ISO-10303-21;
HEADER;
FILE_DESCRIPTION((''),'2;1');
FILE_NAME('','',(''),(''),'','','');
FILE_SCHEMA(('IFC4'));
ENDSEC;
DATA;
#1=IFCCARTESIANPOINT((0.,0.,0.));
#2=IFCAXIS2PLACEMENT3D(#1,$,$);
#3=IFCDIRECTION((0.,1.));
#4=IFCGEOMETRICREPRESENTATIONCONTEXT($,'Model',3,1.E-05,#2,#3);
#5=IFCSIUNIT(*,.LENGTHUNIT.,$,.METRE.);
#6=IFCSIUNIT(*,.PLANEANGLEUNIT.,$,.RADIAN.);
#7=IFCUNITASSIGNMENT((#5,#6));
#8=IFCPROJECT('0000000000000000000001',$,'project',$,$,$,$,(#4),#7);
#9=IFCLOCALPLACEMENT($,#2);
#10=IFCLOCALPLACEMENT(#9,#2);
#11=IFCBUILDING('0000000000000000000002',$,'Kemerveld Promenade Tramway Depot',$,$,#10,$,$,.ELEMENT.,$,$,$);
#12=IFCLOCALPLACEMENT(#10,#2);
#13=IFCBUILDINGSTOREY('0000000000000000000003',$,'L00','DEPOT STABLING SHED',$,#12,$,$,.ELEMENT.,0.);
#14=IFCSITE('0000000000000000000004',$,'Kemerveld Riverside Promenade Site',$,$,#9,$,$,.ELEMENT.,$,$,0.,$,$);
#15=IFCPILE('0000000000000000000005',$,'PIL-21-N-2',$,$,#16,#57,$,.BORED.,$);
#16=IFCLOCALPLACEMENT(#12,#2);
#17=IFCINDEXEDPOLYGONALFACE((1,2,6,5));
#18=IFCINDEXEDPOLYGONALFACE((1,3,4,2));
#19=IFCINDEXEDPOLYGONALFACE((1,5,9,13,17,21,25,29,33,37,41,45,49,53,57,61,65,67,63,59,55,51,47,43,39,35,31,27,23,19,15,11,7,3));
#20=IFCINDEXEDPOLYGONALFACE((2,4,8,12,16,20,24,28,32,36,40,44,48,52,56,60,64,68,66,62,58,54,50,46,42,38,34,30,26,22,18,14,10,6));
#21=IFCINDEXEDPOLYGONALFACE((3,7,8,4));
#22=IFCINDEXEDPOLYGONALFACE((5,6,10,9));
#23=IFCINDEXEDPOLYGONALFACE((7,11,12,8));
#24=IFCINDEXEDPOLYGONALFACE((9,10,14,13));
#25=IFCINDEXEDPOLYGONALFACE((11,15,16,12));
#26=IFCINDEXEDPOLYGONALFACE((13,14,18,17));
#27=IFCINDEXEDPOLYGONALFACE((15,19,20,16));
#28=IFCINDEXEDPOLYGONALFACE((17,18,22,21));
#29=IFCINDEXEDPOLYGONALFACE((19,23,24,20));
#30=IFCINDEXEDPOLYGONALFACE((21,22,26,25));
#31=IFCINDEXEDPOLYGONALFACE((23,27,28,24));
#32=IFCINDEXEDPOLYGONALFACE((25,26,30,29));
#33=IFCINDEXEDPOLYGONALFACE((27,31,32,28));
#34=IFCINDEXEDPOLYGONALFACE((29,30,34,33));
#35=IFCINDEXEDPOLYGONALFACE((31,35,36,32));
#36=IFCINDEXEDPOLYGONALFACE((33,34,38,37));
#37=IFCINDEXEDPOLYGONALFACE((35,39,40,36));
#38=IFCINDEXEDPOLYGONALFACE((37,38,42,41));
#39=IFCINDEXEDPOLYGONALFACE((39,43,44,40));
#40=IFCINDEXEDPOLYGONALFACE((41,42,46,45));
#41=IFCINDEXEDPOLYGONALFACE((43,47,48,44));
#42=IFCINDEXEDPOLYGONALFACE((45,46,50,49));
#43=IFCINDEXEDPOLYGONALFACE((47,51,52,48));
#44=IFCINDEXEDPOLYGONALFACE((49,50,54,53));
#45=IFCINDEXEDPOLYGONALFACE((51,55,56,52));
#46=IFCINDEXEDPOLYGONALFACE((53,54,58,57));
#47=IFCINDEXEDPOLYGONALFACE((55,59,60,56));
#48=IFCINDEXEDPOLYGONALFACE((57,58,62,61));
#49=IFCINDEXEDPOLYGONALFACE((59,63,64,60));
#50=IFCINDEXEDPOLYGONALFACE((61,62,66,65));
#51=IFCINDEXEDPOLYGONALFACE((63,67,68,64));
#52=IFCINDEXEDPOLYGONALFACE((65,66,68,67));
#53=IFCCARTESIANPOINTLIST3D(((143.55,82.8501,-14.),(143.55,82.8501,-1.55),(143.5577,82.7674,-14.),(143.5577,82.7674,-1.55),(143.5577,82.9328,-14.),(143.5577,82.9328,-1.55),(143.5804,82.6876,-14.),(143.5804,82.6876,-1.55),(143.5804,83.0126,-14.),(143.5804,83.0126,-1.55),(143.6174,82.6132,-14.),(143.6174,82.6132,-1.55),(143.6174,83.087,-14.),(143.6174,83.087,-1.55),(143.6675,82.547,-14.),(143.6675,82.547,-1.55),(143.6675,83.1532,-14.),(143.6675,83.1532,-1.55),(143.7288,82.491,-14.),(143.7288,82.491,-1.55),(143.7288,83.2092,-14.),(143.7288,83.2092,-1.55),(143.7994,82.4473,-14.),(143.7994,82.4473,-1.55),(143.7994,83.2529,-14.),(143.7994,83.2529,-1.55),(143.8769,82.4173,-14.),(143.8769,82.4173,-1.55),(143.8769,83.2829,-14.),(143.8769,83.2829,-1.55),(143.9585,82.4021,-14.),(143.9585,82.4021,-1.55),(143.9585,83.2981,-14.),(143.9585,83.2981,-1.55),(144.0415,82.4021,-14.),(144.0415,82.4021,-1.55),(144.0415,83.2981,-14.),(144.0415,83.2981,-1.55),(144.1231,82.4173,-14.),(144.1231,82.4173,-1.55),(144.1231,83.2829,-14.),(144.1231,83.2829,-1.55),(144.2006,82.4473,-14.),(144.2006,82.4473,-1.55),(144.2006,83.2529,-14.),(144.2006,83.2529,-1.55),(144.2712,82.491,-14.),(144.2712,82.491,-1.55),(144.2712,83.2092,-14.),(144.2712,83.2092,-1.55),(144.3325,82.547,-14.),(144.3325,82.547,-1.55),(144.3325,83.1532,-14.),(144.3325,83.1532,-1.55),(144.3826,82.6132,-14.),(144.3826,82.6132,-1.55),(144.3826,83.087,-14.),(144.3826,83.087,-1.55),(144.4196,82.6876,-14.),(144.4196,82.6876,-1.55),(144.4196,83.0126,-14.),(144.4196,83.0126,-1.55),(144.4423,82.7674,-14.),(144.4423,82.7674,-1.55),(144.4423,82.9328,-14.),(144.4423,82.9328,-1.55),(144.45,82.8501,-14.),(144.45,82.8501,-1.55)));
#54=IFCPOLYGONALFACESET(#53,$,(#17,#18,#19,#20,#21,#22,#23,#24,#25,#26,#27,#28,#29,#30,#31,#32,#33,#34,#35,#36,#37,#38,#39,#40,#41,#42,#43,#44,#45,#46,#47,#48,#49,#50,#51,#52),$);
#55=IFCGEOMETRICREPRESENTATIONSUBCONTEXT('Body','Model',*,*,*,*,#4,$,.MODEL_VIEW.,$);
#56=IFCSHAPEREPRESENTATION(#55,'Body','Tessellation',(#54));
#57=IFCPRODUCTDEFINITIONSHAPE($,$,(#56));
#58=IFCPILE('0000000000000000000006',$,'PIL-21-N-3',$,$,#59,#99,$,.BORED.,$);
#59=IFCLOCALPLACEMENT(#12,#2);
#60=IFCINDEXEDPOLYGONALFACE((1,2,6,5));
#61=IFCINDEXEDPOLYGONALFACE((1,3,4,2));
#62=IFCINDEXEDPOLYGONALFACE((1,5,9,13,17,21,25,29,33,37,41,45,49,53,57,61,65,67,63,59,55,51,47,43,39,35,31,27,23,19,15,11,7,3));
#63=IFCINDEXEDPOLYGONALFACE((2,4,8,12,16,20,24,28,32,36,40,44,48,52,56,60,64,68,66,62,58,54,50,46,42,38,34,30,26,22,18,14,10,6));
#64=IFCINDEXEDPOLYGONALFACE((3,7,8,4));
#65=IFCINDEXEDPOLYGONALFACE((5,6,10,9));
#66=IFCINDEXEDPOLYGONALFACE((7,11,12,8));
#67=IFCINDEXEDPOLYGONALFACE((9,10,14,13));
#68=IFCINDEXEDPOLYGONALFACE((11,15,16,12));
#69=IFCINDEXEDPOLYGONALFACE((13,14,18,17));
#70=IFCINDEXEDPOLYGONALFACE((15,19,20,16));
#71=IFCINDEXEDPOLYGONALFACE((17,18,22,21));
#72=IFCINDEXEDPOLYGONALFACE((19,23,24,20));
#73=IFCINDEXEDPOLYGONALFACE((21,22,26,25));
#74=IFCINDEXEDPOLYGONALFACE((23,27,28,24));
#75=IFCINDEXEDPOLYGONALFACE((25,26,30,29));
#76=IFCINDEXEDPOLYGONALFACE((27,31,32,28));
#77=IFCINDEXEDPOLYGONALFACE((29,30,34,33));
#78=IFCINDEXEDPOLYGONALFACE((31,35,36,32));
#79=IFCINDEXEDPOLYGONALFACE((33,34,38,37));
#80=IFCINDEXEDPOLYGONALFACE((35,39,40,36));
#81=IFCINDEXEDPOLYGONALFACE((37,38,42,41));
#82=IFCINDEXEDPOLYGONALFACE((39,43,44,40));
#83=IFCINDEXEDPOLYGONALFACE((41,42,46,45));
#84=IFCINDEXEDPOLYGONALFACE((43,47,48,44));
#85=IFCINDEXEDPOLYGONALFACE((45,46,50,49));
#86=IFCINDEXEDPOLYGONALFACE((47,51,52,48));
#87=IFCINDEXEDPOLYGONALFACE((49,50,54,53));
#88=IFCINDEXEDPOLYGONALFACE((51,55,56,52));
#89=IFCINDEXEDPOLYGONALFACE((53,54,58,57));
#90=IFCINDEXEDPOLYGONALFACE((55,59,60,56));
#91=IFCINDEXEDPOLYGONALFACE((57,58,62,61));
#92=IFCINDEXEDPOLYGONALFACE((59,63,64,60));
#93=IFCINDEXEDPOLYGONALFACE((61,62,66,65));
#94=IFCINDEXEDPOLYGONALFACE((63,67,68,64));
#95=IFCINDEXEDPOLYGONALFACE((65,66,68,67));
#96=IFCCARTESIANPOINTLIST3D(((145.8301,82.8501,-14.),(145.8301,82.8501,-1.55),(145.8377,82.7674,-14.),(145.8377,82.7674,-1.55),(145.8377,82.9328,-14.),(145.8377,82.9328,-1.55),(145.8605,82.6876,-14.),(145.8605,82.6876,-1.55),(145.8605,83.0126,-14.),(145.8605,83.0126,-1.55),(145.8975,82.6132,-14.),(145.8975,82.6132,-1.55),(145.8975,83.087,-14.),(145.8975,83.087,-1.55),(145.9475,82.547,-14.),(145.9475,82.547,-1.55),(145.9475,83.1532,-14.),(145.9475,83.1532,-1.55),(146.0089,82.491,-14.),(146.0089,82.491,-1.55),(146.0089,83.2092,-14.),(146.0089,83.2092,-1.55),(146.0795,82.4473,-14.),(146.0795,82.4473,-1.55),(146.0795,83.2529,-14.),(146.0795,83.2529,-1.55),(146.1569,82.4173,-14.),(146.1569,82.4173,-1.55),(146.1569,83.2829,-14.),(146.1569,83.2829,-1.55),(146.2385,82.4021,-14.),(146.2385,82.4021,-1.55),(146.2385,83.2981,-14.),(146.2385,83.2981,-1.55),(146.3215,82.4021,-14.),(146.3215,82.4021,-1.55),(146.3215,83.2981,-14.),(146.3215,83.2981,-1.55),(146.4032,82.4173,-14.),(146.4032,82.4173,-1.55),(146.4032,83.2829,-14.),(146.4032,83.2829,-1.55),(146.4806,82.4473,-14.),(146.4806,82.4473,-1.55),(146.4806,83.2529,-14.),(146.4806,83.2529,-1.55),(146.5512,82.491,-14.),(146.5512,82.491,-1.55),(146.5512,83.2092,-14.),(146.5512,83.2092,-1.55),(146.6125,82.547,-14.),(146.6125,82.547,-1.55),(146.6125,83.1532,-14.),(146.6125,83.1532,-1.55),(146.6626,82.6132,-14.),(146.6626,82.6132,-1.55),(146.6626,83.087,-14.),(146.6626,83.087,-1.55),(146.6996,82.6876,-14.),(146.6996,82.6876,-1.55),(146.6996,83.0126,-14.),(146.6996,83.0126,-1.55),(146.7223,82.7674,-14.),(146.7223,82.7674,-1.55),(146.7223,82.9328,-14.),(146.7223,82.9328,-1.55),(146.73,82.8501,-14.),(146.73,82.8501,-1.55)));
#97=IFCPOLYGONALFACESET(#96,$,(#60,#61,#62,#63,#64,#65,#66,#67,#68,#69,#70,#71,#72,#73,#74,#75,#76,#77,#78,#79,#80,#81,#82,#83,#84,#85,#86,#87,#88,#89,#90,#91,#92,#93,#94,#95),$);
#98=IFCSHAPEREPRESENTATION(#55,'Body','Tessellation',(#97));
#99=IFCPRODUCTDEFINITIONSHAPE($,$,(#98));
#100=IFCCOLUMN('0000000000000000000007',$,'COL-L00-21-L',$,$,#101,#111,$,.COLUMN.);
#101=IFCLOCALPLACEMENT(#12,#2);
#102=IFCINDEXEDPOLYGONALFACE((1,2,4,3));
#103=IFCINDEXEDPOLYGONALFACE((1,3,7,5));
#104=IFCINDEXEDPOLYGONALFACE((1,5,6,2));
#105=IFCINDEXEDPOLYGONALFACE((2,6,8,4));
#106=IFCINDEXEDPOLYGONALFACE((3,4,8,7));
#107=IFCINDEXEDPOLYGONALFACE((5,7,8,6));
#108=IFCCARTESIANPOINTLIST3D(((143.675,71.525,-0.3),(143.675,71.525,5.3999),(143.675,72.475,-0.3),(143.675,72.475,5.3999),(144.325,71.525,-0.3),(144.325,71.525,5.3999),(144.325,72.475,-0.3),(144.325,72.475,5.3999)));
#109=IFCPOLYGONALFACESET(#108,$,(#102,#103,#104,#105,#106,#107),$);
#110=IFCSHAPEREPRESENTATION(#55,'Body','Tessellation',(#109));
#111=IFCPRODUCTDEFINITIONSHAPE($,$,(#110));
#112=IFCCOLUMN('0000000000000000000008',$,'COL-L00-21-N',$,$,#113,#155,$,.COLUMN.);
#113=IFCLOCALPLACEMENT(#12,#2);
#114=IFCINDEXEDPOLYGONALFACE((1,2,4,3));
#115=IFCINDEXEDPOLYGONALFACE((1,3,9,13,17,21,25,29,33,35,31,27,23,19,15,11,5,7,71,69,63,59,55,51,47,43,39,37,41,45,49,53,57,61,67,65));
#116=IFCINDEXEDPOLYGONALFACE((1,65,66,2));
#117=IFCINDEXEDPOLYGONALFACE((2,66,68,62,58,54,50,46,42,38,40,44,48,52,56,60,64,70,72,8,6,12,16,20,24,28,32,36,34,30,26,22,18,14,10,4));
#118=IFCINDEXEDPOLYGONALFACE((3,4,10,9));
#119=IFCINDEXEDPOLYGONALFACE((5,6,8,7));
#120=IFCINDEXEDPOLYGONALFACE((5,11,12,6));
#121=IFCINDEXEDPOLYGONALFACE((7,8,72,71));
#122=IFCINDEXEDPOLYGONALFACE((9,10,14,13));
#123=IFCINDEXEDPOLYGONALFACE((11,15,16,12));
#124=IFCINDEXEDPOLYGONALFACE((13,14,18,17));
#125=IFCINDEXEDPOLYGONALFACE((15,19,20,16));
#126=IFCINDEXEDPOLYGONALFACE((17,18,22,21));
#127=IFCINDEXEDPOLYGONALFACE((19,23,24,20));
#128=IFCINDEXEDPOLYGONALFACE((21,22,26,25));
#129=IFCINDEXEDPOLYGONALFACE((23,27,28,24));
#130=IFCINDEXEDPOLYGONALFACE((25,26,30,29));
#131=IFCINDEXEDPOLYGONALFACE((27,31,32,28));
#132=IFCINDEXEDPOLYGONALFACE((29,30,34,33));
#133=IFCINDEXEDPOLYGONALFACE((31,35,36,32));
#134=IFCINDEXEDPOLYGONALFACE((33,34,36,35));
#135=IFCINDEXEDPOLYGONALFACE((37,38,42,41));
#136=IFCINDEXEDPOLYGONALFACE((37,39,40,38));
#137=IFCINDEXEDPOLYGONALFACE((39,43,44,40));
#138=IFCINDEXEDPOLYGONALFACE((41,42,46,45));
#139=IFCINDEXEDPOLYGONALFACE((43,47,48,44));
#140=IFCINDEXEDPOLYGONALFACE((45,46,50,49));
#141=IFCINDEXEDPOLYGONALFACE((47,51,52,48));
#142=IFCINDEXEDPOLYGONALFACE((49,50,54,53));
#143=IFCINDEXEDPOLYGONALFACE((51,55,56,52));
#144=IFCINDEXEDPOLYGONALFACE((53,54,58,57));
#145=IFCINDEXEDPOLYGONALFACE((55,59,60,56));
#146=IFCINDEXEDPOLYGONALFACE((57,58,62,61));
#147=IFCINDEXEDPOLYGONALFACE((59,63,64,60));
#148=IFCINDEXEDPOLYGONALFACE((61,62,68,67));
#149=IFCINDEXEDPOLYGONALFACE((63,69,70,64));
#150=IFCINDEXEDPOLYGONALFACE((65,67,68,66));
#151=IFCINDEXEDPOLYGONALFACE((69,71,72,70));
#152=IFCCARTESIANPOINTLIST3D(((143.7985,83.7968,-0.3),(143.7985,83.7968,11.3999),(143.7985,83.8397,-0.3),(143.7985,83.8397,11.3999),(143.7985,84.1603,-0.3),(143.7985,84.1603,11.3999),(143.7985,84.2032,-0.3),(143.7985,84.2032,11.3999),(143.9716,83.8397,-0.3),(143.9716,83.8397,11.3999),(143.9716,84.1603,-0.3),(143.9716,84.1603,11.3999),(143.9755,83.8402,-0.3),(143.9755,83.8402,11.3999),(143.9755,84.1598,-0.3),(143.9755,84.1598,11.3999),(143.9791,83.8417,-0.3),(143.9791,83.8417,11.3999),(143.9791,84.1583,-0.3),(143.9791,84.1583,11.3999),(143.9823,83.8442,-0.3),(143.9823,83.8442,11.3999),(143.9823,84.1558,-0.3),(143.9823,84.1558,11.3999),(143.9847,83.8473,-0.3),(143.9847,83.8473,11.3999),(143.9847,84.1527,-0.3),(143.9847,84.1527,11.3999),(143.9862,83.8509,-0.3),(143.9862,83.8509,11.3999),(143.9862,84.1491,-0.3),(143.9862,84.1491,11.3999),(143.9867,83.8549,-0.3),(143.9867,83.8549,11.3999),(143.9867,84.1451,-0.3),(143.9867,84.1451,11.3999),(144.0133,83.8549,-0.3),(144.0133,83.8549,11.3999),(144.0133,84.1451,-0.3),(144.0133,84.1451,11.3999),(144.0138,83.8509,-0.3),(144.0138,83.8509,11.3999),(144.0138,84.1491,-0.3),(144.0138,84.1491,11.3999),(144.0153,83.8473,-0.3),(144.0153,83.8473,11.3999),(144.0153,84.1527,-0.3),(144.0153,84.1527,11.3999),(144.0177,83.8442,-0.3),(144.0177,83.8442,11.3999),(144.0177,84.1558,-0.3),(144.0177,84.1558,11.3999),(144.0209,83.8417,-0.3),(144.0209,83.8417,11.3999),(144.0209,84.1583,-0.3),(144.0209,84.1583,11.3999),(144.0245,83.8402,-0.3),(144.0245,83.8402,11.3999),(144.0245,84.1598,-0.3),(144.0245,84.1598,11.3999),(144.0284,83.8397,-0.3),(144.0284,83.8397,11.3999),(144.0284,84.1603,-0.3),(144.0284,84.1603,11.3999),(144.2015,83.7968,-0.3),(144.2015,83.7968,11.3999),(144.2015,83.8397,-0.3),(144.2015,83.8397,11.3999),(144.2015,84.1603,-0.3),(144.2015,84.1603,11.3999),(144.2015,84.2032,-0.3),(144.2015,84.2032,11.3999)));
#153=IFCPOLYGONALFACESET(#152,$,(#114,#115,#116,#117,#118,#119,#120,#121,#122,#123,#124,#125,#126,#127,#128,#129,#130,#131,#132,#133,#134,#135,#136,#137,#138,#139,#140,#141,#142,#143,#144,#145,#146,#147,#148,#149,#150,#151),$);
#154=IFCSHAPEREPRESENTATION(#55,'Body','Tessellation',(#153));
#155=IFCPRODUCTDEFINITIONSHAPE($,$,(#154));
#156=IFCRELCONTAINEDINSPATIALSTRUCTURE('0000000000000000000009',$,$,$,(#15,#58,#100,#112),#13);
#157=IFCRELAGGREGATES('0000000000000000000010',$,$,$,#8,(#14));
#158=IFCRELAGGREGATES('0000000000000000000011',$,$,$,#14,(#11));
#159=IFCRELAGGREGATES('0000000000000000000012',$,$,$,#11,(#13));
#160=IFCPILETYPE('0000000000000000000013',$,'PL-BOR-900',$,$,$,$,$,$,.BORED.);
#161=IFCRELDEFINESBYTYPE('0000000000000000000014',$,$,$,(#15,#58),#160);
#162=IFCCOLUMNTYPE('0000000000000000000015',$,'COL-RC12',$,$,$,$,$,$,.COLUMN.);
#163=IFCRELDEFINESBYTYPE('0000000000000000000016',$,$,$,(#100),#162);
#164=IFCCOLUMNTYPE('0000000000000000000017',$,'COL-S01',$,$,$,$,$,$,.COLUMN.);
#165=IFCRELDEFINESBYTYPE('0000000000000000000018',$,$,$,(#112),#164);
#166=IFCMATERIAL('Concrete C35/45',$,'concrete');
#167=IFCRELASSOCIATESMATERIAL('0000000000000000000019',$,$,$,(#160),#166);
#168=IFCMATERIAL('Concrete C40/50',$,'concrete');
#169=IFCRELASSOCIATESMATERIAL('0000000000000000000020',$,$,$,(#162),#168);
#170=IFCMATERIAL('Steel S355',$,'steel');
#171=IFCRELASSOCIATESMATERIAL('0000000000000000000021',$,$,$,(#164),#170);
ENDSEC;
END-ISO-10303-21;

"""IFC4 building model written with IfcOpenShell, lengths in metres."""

from ifc_helpers import new_model, si_unit, direction, frame, origin, origin_2d, place, context, subcontext, project, spatial, rectangle, circle, i_section, extrude, material, material_profile, profile_set, type_object, element, save


model = new_model("IFC4")

# Units and contexts
model_context = context("Model", 3, precision=1e-05, world=origin(), true_north=direction((0.0, 1.0)))
body_context = subcontext(model_context, "Body", "Model", "MODEL_VIEW")
ifc_project = project(units=[si_unit("LENGTHUNIT", "METRE"), si_unit("PLANEANGLEUNIT", "RADIAN")], contexts=[model_context])

# Site, building, storey
site_placement = place(None, origin())
site = spatial("IfcSite", under=ifc_project, at=site_placement, Name="Kemerveld Riverside Promenade Site", CompositionType="ELEMENT", RefElevation=0.0)
building_placement = place(site_placement, origin())
building = spatial("IfcBuilding", under=site, at=building_placement, Name="Kemerveld Promenade Tramway Depot", CompositionType="ELEMENT")
storey_placement = place(building_placement, origin())
storey = spatial("IfcBuildingStorey", under=building, at=storey_placement, Name="L00", Description="DEPOT STABLING SHED", CompositionType="ELEMENT", Elevation=0.0)

# Shared definitions
ifc_material_1 = material(Name="Concrete C35/45", Category="concrete")

# Piles
ifc_material_profile_1 = material_profile(ifc_material_1, circle(Radius=0.45, at=origin_2d()), Name="PILE-D900")
ifc_profile_set_1 = profile_set([ifc_material_profile_1], Name="Concrete C35/45")
pile_type_1 = type_object("IfcPileType", Name="PL-BOR-900", PredefinedType="BORED", material=ifc_profile_set_1)
for number, where, z_axis, x_axis, name in (
    (1, (144.0, 82.8501, -1.55), (0.0, 0.0, -1.0), (1.0, 0.0, 0.0), "PIL-21-N-2"),
    (2, (146.28, 82.8501, -1.55), (0.0, 0.0, -1.0), (1.0, 0.0, 0.0), "PIL-21-N-3"),
):
    element("IfcPile", number, at=place(storey_placement, frame(where, z_axis=z_axis, x_axis=x_axis)), inside=storey, type_object=pile_type_1, Name=name, PredefinedType="BORED", context=body_context, shape_type="SweptSolid", body=[
        extrude(circle(Radius=0.45, at=origin_2d()), origin(), (0.0, 0.0, 1.0), 12.45),
    ])

# Columns
ifc_material_2 = material(Name="Concrete C40/50", Category="concrete")
ifc_material_profile_2 = material_profile(ifc_material_2, rectangle(XDim=0.6499, YDim=0.95, at=origin_2d()), Name="RC-PIER-950x650")
ifc_profile_set_2 = profile_set([ifc_material_profile_2], Name="Concrete C40/50")
column_type_1 = type_object("IfcColumnType", Name="COL-RC12", PredefinedType="COLUMN", material=ifc_profile_set_2)
column_1_placement = place(storey_placement, frame((144.0, 72.0, -0.3), z_axis=(0.0, 0.0, 1.0), x_axis=(1.0, 0.0, 0.0)))
element("IfcColumn", 3, at=column_1_placement, inside=storey, type_object=column_type_1, Name="COL-L00-21-L", PredefinedType="COLUMN", context=body_context, shape_type="SweptSolid", body=[
    extrude(rectangle(XDim=0.6499, YDim=0.95, at=origin_2d()), origin(), (0.0, 0.0, 1.0), 5.7),
])
ifc_material_3 = material(Name="Steel S355", Category="steel")
ifc_material_profile_3 = material_profile(ifc_material_3, i_section(OverallWidth=0.4031, OverallDepth=0.4065, WebThickness=0.0266, FlangeThickness=0.043, FilletRadius=0.0151, at=origin_2d()), Name="356x406x340 UC")
ifc_profile_set_3 = profile_set([ifc_material_profile_3], Name="Steel S355")
column_type_2 = type_object("IfcColumnType", Name="COL-S01", PredefinedType="COLUMN", material=ifc_profile_set_3)
column_2_placement = place(storey_placement, frame((144.0, 84.0, -0.3), z_axis=(0.0, 0.0, 1.0), x_axis=(1.0, 0.0, 0.0)))
element("IfcColumn", 4, at=column_2_placement, inside=storey, type_object=column_type_2, Name="COL-L00-21-N", PredefinedType="COLUMN", context=body_context, shape_type="SweptSolid", body=[
    extrude(i_section(OverallWidth=0.4031, OverallDepth=0.4065, WebThickness=0.0266, FlangeThickness=0.043, FilletRadius=0.0151, at=origin_2d()), origin(), (0.0, 0.0, 1.0), 11.7),
])

save(model, "model.ifc")
